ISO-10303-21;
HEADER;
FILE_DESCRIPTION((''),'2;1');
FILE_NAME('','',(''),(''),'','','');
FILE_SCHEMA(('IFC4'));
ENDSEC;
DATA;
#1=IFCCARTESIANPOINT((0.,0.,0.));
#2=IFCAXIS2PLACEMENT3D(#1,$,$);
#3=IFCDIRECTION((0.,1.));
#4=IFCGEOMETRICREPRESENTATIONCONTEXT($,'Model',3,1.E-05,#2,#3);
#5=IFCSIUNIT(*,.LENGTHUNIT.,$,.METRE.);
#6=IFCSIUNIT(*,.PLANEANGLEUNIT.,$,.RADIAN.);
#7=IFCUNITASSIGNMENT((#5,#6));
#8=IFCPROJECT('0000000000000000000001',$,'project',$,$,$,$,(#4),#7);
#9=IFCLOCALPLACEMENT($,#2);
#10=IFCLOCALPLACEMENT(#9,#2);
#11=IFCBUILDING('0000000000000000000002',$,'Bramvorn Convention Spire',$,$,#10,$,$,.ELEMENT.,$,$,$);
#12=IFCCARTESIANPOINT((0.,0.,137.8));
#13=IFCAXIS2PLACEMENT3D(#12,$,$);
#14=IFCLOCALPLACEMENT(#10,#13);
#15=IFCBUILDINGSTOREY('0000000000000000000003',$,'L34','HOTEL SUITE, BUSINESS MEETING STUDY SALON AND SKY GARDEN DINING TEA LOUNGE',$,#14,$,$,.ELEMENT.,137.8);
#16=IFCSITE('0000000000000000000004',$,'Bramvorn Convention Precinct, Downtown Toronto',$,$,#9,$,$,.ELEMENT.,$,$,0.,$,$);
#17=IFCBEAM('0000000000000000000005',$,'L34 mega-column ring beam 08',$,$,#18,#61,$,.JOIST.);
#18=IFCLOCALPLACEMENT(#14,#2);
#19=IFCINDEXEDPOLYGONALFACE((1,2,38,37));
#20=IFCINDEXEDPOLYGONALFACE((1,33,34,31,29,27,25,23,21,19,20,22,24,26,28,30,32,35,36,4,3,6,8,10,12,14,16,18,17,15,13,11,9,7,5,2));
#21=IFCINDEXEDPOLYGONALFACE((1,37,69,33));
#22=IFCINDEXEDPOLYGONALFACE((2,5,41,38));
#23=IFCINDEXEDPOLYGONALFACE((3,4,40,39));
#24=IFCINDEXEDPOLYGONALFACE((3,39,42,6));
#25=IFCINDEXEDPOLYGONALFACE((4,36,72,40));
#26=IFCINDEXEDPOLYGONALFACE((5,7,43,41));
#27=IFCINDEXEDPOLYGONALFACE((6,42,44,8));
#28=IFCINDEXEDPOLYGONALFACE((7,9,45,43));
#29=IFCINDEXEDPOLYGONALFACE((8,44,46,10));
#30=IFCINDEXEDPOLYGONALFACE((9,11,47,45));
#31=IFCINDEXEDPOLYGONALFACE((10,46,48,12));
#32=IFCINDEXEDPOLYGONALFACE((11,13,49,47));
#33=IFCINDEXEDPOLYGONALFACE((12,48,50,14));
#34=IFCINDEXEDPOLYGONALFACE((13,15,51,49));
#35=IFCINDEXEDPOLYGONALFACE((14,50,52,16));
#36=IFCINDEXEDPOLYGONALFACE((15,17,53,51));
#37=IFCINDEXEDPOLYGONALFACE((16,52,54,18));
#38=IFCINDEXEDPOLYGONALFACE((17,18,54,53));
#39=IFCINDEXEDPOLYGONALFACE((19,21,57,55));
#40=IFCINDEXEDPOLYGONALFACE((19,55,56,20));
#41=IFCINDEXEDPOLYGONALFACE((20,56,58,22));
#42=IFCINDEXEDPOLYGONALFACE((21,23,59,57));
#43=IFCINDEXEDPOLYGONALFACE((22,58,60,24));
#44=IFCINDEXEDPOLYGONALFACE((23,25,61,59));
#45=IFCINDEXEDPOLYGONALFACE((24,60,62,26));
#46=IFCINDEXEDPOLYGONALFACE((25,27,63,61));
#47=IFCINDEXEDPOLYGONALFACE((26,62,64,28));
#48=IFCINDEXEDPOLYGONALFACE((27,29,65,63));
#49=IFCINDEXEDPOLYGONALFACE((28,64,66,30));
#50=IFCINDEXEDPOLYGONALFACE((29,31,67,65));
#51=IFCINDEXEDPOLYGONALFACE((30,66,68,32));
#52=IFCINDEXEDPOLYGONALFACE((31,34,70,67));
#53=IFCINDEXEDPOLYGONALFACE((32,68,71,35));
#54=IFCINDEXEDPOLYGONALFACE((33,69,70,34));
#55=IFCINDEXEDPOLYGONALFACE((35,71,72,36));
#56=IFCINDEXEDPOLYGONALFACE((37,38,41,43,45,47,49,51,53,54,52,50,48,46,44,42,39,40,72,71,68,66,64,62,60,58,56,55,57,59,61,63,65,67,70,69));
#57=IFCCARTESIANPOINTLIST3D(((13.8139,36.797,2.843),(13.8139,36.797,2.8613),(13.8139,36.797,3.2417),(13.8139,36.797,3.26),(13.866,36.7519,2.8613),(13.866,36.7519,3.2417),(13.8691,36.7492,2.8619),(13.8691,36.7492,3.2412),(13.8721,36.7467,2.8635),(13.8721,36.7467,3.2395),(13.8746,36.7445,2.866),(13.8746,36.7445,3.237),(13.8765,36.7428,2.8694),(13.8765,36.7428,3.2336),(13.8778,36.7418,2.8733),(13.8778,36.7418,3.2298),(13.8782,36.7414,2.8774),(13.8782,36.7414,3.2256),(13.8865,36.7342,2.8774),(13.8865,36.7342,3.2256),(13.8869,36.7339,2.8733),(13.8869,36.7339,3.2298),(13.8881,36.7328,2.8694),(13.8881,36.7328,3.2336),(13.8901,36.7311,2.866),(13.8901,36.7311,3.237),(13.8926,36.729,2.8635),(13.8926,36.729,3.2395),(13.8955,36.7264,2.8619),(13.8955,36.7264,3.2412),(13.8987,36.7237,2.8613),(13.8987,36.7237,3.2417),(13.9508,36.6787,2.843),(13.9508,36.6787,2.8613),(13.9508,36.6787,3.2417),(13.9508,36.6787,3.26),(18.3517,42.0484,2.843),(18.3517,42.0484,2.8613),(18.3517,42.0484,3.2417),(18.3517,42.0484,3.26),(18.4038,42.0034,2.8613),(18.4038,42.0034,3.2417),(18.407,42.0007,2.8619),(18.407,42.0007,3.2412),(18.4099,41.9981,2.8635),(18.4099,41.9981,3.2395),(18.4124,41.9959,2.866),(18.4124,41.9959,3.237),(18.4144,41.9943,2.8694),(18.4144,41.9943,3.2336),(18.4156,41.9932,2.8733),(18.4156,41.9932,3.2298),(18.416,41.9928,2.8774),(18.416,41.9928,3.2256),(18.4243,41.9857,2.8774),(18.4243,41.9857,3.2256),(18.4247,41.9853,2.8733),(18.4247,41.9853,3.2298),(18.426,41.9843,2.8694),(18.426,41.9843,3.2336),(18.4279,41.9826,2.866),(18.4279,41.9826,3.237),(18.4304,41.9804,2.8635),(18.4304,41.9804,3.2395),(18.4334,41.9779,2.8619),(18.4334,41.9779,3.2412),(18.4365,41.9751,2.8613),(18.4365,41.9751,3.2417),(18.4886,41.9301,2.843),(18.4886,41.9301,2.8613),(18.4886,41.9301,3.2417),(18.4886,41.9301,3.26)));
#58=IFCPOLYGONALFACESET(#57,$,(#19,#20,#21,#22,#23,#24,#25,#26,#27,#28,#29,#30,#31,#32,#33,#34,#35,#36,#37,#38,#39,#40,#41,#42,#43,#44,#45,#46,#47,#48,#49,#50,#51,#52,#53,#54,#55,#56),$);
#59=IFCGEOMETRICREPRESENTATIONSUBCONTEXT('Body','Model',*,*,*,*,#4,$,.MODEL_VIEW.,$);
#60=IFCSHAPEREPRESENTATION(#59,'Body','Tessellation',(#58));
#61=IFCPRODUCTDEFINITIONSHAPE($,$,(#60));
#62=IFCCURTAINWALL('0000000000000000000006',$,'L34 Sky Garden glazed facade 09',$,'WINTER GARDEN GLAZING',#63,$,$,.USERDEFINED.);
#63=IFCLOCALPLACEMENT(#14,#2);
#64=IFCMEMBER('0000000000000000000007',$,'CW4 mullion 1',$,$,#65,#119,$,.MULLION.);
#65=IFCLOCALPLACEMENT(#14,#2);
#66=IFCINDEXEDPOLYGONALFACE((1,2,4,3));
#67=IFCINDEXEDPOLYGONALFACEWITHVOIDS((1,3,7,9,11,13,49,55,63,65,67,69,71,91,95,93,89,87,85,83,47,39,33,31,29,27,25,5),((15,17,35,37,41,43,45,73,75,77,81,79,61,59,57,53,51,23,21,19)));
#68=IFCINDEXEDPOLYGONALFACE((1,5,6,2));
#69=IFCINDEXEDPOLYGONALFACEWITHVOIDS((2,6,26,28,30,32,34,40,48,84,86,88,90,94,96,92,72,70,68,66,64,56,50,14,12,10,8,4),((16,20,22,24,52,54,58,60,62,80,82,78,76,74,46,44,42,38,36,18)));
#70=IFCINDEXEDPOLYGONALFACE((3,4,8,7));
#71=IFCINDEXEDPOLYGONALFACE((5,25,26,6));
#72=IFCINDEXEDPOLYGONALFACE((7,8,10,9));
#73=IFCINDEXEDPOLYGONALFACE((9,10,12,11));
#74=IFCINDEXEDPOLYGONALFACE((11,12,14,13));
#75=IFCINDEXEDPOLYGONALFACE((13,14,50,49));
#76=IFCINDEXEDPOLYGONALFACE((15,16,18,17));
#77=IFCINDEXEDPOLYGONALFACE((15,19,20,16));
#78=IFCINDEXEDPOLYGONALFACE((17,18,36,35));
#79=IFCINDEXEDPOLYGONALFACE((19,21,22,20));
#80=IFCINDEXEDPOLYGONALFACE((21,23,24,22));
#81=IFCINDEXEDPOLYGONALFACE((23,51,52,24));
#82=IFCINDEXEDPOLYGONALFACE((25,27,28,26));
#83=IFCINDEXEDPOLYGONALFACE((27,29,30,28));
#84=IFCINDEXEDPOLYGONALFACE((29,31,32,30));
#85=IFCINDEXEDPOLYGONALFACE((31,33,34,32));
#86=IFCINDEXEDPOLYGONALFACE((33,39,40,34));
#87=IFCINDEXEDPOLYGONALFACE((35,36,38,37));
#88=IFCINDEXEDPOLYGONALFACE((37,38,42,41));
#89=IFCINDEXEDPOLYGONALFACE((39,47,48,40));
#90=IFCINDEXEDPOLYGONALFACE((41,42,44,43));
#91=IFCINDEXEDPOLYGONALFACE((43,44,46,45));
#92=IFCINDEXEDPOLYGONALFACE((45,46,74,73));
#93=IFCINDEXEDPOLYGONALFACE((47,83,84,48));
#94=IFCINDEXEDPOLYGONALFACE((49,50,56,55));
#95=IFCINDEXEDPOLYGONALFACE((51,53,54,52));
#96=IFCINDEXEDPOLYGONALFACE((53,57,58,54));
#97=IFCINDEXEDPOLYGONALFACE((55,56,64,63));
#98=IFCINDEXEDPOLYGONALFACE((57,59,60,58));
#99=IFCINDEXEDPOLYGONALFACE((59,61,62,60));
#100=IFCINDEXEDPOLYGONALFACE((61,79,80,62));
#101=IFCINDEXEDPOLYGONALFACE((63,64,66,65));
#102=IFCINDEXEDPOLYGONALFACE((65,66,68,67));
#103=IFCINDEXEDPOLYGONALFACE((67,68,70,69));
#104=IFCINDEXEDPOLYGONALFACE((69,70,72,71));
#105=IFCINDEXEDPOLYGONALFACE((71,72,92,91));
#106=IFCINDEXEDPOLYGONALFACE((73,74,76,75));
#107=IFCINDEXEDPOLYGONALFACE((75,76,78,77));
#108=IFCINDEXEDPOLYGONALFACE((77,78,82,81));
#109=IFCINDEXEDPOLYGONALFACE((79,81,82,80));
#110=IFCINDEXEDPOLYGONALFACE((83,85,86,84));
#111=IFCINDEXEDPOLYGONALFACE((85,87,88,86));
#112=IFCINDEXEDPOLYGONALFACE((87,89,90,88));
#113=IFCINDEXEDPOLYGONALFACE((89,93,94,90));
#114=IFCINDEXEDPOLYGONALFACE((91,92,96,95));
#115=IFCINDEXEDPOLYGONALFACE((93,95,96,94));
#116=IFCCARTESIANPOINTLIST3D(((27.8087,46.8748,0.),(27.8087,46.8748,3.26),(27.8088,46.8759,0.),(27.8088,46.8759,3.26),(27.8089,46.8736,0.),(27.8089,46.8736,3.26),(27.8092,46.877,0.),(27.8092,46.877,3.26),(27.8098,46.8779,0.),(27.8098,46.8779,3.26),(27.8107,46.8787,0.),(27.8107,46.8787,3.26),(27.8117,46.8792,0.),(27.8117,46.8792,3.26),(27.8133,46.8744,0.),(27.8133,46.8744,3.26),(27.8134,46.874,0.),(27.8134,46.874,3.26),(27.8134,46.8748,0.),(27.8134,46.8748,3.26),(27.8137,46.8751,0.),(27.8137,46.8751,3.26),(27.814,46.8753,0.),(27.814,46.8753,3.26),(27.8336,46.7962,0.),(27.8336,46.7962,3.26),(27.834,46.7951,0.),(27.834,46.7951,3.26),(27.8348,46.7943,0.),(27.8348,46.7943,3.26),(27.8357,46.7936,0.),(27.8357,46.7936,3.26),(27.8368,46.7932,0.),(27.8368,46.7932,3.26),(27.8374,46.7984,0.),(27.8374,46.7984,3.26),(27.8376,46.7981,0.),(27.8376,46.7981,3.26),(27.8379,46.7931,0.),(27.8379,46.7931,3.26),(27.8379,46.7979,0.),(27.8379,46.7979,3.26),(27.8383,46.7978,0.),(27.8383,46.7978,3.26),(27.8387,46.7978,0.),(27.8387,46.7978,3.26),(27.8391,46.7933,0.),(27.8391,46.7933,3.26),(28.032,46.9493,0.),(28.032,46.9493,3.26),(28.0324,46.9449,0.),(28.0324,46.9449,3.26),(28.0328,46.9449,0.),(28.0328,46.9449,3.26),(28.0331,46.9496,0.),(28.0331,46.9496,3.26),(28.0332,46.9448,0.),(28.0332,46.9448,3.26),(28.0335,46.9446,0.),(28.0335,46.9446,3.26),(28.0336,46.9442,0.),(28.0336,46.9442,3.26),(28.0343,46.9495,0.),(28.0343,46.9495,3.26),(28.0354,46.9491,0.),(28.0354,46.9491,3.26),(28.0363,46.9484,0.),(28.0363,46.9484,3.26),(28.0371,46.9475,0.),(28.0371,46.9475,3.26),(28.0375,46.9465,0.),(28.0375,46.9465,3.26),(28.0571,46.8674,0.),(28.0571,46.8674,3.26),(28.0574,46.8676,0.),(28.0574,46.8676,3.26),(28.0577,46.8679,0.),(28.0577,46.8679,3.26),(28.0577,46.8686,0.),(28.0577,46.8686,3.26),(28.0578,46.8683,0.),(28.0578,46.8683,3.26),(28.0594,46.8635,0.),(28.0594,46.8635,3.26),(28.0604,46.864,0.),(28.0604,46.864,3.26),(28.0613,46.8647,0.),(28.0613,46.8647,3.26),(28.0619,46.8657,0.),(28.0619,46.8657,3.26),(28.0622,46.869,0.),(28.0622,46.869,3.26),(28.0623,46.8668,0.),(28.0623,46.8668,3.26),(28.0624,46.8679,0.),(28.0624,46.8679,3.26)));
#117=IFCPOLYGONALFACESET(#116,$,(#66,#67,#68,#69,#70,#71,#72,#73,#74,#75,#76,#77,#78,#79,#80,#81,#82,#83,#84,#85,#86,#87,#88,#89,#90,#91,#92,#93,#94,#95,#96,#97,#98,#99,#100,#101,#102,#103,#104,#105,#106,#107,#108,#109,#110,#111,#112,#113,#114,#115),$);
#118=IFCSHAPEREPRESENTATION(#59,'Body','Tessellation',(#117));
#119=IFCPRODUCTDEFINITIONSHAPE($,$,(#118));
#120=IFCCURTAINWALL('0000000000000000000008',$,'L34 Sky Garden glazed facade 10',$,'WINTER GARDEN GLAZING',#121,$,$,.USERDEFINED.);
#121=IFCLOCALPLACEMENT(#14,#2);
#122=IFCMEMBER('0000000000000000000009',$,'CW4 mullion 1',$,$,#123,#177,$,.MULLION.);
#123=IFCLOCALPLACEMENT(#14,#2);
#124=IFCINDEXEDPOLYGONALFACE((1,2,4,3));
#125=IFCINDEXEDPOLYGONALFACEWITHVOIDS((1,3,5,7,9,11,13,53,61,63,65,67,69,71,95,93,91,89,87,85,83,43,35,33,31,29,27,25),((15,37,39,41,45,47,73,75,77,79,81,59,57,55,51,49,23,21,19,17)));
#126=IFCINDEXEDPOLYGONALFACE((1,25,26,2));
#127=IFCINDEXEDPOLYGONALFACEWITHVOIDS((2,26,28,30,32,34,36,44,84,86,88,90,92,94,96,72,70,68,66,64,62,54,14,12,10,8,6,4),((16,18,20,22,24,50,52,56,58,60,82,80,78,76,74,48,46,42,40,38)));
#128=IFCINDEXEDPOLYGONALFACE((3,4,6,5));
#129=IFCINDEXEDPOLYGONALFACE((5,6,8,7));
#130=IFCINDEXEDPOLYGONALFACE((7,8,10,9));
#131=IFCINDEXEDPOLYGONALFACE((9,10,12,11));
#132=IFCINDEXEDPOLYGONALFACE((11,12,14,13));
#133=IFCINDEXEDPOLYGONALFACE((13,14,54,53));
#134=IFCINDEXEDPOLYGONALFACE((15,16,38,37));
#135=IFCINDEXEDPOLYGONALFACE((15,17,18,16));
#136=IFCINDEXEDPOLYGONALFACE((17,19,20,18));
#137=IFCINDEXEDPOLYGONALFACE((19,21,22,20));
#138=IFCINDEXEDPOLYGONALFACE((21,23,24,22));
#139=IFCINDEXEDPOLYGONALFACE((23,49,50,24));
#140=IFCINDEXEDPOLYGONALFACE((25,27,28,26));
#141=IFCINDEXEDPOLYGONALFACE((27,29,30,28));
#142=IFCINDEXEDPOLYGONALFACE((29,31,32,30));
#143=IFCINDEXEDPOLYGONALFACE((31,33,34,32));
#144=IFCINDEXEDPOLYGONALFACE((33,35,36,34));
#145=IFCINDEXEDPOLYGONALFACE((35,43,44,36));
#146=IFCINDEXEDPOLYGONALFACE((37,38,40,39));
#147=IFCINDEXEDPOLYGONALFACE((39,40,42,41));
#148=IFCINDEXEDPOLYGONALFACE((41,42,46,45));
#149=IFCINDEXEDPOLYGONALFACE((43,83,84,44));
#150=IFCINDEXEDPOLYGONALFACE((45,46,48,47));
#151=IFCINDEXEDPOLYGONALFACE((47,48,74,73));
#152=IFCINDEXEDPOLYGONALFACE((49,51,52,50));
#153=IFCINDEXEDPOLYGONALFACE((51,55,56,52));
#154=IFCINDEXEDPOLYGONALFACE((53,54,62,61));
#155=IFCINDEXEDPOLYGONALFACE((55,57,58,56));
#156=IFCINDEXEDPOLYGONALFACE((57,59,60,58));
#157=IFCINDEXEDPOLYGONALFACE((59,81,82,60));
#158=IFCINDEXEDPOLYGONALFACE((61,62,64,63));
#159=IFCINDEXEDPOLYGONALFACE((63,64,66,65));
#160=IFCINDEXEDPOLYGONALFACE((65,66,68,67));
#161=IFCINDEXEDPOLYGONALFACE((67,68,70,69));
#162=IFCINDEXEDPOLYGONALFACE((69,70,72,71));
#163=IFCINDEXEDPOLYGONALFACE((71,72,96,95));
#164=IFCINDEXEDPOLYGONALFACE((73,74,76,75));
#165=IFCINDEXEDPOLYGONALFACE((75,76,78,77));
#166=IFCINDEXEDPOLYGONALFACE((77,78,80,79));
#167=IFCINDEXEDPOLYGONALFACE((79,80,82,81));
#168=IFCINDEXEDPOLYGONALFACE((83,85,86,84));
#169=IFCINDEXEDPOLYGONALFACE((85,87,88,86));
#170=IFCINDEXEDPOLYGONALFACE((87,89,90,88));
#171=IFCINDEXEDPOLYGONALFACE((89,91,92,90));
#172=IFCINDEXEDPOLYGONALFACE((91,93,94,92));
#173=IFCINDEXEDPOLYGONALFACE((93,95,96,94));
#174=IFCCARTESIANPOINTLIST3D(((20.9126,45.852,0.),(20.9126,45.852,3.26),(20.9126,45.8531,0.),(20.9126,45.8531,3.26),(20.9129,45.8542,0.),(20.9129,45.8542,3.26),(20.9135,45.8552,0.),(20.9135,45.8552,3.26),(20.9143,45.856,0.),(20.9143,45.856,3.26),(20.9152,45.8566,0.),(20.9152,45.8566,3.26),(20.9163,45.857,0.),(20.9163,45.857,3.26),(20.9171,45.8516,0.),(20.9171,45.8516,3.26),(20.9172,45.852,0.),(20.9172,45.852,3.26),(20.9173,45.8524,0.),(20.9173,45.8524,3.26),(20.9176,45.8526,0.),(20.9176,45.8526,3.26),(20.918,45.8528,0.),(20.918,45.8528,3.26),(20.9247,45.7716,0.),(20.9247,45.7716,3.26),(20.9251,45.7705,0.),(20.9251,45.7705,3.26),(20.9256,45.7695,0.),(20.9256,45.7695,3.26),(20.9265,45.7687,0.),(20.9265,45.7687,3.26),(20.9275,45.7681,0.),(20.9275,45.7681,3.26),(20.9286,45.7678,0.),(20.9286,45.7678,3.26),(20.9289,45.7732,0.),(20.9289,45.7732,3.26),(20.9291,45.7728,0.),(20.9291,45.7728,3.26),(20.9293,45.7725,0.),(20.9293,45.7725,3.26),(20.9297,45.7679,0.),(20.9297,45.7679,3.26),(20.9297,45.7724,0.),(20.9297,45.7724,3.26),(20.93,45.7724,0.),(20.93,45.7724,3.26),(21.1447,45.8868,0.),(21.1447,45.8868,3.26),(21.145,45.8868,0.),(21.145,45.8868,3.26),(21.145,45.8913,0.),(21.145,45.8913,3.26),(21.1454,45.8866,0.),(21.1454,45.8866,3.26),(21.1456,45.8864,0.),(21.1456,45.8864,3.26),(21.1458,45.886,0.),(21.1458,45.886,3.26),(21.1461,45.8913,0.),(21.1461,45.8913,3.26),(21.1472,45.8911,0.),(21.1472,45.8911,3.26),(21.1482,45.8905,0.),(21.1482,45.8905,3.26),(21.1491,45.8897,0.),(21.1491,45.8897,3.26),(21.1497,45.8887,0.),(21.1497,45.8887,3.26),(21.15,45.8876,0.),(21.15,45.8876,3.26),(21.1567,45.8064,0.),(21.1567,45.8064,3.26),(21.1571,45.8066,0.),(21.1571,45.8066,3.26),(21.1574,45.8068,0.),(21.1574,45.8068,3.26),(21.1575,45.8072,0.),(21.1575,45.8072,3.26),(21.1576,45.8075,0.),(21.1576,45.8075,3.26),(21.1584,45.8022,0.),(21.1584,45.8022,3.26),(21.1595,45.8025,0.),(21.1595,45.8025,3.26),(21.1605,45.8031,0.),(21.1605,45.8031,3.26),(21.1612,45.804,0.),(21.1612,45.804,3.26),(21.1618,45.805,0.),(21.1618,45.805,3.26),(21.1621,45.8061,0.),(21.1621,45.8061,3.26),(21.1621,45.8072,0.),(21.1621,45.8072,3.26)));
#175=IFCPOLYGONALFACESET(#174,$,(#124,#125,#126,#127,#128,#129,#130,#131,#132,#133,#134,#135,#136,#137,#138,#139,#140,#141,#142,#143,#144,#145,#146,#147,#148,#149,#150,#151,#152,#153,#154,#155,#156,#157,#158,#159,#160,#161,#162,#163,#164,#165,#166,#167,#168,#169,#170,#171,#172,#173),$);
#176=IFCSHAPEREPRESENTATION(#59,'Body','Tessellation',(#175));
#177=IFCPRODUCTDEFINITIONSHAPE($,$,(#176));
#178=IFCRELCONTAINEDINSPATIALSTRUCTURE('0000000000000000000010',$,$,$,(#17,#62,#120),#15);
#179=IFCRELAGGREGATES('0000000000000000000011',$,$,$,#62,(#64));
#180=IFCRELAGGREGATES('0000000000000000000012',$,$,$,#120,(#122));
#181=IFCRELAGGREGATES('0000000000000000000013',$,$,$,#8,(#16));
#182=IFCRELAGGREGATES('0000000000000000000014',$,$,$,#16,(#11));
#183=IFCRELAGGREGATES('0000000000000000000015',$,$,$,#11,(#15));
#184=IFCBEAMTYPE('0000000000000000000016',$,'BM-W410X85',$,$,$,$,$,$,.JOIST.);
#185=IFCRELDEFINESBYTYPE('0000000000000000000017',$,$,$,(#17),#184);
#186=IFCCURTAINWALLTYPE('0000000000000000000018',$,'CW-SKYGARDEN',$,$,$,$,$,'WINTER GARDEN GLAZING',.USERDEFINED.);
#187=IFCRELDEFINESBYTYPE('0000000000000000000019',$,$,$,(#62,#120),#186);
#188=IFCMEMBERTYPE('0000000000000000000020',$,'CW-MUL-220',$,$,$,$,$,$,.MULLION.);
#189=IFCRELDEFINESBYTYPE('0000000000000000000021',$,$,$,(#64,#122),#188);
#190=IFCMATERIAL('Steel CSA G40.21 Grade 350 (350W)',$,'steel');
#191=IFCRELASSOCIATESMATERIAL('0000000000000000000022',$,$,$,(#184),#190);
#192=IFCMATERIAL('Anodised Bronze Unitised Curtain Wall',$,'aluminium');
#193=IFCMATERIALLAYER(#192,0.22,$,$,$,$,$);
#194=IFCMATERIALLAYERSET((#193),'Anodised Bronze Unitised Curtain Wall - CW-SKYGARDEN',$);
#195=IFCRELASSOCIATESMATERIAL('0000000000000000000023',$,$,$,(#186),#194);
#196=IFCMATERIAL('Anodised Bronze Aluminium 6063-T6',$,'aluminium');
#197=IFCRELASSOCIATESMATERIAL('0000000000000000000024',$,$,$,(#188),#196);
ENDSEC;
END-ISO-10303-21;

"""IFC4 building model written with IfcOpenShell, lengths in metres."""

from ifc_helpers import new_model, si_unit, direction, frame, origin, origin_2d, place, context, subcontext, project, spatial, hollow_rectangle, i_section, extrude, material, layer, layer_set, material_profile, profile_set, type_object, element, aggregate, save


model = new_model("IFC4")

# Units and contexts
model_context = context("Model", 3, precision=1e-05, world=origin(), true_north=direction((0.0, 1.0)))
body_context = subcontext(model_context, "Body", "Model", "MODEL_VIEW")
ifc_project = project(units=[si_unit("LENGTHUNIT", "METRE"), si_unit("PLANEANGLEUNIT", "RADIAN")], contexts=[model_context])

# Site, building, storey
site_placement = place(None, origin())
site = spatial("IfcSite", under=ifc_project, at=site_placement, Name="Bramvorn Convention Precinct, Downtown Toronto", CompositionType="ELEMENT", RefElevation=0.0)
building_placement = place(site_placement, origin())
building = spatial("IfcBuilding", under=site, at=building_placement, Name="Bramvorn Convention Spire", CompositionType="ELEMENT")
storey_placement = place(building_placement, frame((0.0, 0.0, 137.8)))
storey = spatial("IfcBuildingStorey", under=building, at=storey_placement, Name="L34", Description="HOTEL SUITE, BUSINESS MEETING STUDY SALON AND SKY GARDEN DINING TEA LOUNGE", CompositionType="ELEMENT", Elevation=137.8)

# Shared definitions
ifc_material_1 = material(Name="Steel CSA G40.21 Grade 350 (350W)", Category="steel")

# Beam
ifc_material_profile_1 = material_profile(ifc_material_1, i_section(OverallWidth=0.1809, OverallDepth=0.417, WebThickness=0.011, FlangeThickness=0.0183, FilletRadius=0.0161, at=origin_2d()))
ifc_profile_set_1 = profile_set([ifc_material_profile_1], Name="Steel CSA G40.21 Grade 350 (350W) - W410X85")
beam_type_1 = type_object("IfcBeamType", Name="BM-W410X85", PredefinedType="JOIST", material=ifc_profile_set_1)
beam_1_placement = place(storey_placement, frame((18.4202, 41.9893, 3.0515), z_axis=(-0.653825, -0.756646, 0.0), x_axis=(0.756646, -0.653825, 0.0)))
element("IfcBeam", 1, at=beam_1_placement, inside=storey, type_object=beam_type_1, Name="L34 mega-column ring beam 08", PredefinedType="JOIST", context=body_context, shape_type="SweptSolid", body=[
    extrude(i_section(OverallWidth=0.1809, OverallDepth=0.417, WebThickness=0.011, FlangeThickness=0.0183, FilletRadius=0.0161, at=origin_2d()), origin(), (0.0, 0.0, 1.0), 6.9404),
])

# Curtain wall, member
ifc_material_2 = material(Name="Anodised Bronze Unitised Curtain Wall", Category="aluminium")
ifc_layer_1 = layer(ifc_material_2, 0.22)
ifc_layer_set_1 = layer_set([ifc_layer_1], Name="Anodised Bronze Unitised Curtain Wall - CW-SKYGARDEN")
curtain_wall_type = type_object("IfcCurtainWallType", Name="CW-SKYGARDEN", ElementType="WINTER GARDEN GLAZING", PredefinedType="USERDEFINED", material=ifc_layer_set_1)
curtain_wall_1_placement = place(storey_placement, origin())
curtain_wall_1 = element("IfcCurtainWall", 2, at=curtain_wall_1_placement, inside=storey, type_object=curtain_wall_type, Name="L34 Sky Garden glazed facade 09", ObjectType="WINTER GARDEN GLAZING", PredefinedType="USERDEFINED")
ifc_material_3 = material(Name="Anodised Bronze Aluminium 6063-T6", Category="aluminium")
ifc_material_profile_2 = material_profile(ifc_material_3, hollow_rectangle(XDim=0.0901, YDim=0.24, WallThickness=0.0044, InnerFilletRadius=0.001, OuterFilletRadius=0.0044, at=origin_2d()))
ifc_profile_set_2 = profile_set([ifc_material_profile_2], Name="Anodised Bronze Aluminium 6063-T6 - CWM90X240")
member_type_1 = type_object("IfcMemberType", Name="CW-MUL-220", PredefinedType="MULLION", material=ifc_profile_set_2)
member_1_placement = place(storey_placement, frame((27.9355, 46.8713, 0.0), z_axis=(0.0, 0.0, 1.0), x_axis=(-0.303573, 0.952808, 0.0)))
member_1 = element("IfcMember", 3, at=member_1_placement, type_object=member_type_1, Name="CW4 mullion 1", PredefinedType="MULLION", context=body_context, shape_type="SweptSolid", body=[
    extrude(hollow_rectangle(XDim=0.0901, YDim=0.24, WallThickness=0.0044, InnerFilletRadius=0.001, OuterFilletRadius=0.0044, at=origin_2d()), origin(), (0.0, 0.0, 1.0), 3.26),
])

# Curtain wall, member
curtain_wall_2_placement = place(storey_placement, origin())
curtain_wall_2 = element("IfcCurtainWall", 4, at=curtain_wall_2_placement, inside=storey, type_object=curtain_wall_type, Name="L34 Sky Garden glazed facade 10", ObjectType="WINTER GARDEN GLAZING", PredefinedType="USERDEFINED")
member_2_placement = place(storey_placement, frame((21.0374, 45.8296, 0.0), z_axis=(0.0, 0.0, 1.0), x_axis=(-0.14864, 0.988891, 0.0)))
member_2 = element("IfcMember", 5, at=member_2_placement, type_object=member_type_1, Name="CW4 mullion 1", PredefinedType="MULLION", context=body_context, shape_type="SweptSolid", body=[
    extrude(hollow_rectangle(XDim=0.0901, YDim=0.24, WallThickness=0.0044, InnerFilletRadius=0.001, OuterFilletRadius=0.0044, at=origin_2d()), origin(), (0.0, 0.0, 1.0), 3.26),
])

aggregate(curtain_wall_1, [member_1])
aggregate(curtain_wall_2, [member_2])

save(model, "model.ifc")
